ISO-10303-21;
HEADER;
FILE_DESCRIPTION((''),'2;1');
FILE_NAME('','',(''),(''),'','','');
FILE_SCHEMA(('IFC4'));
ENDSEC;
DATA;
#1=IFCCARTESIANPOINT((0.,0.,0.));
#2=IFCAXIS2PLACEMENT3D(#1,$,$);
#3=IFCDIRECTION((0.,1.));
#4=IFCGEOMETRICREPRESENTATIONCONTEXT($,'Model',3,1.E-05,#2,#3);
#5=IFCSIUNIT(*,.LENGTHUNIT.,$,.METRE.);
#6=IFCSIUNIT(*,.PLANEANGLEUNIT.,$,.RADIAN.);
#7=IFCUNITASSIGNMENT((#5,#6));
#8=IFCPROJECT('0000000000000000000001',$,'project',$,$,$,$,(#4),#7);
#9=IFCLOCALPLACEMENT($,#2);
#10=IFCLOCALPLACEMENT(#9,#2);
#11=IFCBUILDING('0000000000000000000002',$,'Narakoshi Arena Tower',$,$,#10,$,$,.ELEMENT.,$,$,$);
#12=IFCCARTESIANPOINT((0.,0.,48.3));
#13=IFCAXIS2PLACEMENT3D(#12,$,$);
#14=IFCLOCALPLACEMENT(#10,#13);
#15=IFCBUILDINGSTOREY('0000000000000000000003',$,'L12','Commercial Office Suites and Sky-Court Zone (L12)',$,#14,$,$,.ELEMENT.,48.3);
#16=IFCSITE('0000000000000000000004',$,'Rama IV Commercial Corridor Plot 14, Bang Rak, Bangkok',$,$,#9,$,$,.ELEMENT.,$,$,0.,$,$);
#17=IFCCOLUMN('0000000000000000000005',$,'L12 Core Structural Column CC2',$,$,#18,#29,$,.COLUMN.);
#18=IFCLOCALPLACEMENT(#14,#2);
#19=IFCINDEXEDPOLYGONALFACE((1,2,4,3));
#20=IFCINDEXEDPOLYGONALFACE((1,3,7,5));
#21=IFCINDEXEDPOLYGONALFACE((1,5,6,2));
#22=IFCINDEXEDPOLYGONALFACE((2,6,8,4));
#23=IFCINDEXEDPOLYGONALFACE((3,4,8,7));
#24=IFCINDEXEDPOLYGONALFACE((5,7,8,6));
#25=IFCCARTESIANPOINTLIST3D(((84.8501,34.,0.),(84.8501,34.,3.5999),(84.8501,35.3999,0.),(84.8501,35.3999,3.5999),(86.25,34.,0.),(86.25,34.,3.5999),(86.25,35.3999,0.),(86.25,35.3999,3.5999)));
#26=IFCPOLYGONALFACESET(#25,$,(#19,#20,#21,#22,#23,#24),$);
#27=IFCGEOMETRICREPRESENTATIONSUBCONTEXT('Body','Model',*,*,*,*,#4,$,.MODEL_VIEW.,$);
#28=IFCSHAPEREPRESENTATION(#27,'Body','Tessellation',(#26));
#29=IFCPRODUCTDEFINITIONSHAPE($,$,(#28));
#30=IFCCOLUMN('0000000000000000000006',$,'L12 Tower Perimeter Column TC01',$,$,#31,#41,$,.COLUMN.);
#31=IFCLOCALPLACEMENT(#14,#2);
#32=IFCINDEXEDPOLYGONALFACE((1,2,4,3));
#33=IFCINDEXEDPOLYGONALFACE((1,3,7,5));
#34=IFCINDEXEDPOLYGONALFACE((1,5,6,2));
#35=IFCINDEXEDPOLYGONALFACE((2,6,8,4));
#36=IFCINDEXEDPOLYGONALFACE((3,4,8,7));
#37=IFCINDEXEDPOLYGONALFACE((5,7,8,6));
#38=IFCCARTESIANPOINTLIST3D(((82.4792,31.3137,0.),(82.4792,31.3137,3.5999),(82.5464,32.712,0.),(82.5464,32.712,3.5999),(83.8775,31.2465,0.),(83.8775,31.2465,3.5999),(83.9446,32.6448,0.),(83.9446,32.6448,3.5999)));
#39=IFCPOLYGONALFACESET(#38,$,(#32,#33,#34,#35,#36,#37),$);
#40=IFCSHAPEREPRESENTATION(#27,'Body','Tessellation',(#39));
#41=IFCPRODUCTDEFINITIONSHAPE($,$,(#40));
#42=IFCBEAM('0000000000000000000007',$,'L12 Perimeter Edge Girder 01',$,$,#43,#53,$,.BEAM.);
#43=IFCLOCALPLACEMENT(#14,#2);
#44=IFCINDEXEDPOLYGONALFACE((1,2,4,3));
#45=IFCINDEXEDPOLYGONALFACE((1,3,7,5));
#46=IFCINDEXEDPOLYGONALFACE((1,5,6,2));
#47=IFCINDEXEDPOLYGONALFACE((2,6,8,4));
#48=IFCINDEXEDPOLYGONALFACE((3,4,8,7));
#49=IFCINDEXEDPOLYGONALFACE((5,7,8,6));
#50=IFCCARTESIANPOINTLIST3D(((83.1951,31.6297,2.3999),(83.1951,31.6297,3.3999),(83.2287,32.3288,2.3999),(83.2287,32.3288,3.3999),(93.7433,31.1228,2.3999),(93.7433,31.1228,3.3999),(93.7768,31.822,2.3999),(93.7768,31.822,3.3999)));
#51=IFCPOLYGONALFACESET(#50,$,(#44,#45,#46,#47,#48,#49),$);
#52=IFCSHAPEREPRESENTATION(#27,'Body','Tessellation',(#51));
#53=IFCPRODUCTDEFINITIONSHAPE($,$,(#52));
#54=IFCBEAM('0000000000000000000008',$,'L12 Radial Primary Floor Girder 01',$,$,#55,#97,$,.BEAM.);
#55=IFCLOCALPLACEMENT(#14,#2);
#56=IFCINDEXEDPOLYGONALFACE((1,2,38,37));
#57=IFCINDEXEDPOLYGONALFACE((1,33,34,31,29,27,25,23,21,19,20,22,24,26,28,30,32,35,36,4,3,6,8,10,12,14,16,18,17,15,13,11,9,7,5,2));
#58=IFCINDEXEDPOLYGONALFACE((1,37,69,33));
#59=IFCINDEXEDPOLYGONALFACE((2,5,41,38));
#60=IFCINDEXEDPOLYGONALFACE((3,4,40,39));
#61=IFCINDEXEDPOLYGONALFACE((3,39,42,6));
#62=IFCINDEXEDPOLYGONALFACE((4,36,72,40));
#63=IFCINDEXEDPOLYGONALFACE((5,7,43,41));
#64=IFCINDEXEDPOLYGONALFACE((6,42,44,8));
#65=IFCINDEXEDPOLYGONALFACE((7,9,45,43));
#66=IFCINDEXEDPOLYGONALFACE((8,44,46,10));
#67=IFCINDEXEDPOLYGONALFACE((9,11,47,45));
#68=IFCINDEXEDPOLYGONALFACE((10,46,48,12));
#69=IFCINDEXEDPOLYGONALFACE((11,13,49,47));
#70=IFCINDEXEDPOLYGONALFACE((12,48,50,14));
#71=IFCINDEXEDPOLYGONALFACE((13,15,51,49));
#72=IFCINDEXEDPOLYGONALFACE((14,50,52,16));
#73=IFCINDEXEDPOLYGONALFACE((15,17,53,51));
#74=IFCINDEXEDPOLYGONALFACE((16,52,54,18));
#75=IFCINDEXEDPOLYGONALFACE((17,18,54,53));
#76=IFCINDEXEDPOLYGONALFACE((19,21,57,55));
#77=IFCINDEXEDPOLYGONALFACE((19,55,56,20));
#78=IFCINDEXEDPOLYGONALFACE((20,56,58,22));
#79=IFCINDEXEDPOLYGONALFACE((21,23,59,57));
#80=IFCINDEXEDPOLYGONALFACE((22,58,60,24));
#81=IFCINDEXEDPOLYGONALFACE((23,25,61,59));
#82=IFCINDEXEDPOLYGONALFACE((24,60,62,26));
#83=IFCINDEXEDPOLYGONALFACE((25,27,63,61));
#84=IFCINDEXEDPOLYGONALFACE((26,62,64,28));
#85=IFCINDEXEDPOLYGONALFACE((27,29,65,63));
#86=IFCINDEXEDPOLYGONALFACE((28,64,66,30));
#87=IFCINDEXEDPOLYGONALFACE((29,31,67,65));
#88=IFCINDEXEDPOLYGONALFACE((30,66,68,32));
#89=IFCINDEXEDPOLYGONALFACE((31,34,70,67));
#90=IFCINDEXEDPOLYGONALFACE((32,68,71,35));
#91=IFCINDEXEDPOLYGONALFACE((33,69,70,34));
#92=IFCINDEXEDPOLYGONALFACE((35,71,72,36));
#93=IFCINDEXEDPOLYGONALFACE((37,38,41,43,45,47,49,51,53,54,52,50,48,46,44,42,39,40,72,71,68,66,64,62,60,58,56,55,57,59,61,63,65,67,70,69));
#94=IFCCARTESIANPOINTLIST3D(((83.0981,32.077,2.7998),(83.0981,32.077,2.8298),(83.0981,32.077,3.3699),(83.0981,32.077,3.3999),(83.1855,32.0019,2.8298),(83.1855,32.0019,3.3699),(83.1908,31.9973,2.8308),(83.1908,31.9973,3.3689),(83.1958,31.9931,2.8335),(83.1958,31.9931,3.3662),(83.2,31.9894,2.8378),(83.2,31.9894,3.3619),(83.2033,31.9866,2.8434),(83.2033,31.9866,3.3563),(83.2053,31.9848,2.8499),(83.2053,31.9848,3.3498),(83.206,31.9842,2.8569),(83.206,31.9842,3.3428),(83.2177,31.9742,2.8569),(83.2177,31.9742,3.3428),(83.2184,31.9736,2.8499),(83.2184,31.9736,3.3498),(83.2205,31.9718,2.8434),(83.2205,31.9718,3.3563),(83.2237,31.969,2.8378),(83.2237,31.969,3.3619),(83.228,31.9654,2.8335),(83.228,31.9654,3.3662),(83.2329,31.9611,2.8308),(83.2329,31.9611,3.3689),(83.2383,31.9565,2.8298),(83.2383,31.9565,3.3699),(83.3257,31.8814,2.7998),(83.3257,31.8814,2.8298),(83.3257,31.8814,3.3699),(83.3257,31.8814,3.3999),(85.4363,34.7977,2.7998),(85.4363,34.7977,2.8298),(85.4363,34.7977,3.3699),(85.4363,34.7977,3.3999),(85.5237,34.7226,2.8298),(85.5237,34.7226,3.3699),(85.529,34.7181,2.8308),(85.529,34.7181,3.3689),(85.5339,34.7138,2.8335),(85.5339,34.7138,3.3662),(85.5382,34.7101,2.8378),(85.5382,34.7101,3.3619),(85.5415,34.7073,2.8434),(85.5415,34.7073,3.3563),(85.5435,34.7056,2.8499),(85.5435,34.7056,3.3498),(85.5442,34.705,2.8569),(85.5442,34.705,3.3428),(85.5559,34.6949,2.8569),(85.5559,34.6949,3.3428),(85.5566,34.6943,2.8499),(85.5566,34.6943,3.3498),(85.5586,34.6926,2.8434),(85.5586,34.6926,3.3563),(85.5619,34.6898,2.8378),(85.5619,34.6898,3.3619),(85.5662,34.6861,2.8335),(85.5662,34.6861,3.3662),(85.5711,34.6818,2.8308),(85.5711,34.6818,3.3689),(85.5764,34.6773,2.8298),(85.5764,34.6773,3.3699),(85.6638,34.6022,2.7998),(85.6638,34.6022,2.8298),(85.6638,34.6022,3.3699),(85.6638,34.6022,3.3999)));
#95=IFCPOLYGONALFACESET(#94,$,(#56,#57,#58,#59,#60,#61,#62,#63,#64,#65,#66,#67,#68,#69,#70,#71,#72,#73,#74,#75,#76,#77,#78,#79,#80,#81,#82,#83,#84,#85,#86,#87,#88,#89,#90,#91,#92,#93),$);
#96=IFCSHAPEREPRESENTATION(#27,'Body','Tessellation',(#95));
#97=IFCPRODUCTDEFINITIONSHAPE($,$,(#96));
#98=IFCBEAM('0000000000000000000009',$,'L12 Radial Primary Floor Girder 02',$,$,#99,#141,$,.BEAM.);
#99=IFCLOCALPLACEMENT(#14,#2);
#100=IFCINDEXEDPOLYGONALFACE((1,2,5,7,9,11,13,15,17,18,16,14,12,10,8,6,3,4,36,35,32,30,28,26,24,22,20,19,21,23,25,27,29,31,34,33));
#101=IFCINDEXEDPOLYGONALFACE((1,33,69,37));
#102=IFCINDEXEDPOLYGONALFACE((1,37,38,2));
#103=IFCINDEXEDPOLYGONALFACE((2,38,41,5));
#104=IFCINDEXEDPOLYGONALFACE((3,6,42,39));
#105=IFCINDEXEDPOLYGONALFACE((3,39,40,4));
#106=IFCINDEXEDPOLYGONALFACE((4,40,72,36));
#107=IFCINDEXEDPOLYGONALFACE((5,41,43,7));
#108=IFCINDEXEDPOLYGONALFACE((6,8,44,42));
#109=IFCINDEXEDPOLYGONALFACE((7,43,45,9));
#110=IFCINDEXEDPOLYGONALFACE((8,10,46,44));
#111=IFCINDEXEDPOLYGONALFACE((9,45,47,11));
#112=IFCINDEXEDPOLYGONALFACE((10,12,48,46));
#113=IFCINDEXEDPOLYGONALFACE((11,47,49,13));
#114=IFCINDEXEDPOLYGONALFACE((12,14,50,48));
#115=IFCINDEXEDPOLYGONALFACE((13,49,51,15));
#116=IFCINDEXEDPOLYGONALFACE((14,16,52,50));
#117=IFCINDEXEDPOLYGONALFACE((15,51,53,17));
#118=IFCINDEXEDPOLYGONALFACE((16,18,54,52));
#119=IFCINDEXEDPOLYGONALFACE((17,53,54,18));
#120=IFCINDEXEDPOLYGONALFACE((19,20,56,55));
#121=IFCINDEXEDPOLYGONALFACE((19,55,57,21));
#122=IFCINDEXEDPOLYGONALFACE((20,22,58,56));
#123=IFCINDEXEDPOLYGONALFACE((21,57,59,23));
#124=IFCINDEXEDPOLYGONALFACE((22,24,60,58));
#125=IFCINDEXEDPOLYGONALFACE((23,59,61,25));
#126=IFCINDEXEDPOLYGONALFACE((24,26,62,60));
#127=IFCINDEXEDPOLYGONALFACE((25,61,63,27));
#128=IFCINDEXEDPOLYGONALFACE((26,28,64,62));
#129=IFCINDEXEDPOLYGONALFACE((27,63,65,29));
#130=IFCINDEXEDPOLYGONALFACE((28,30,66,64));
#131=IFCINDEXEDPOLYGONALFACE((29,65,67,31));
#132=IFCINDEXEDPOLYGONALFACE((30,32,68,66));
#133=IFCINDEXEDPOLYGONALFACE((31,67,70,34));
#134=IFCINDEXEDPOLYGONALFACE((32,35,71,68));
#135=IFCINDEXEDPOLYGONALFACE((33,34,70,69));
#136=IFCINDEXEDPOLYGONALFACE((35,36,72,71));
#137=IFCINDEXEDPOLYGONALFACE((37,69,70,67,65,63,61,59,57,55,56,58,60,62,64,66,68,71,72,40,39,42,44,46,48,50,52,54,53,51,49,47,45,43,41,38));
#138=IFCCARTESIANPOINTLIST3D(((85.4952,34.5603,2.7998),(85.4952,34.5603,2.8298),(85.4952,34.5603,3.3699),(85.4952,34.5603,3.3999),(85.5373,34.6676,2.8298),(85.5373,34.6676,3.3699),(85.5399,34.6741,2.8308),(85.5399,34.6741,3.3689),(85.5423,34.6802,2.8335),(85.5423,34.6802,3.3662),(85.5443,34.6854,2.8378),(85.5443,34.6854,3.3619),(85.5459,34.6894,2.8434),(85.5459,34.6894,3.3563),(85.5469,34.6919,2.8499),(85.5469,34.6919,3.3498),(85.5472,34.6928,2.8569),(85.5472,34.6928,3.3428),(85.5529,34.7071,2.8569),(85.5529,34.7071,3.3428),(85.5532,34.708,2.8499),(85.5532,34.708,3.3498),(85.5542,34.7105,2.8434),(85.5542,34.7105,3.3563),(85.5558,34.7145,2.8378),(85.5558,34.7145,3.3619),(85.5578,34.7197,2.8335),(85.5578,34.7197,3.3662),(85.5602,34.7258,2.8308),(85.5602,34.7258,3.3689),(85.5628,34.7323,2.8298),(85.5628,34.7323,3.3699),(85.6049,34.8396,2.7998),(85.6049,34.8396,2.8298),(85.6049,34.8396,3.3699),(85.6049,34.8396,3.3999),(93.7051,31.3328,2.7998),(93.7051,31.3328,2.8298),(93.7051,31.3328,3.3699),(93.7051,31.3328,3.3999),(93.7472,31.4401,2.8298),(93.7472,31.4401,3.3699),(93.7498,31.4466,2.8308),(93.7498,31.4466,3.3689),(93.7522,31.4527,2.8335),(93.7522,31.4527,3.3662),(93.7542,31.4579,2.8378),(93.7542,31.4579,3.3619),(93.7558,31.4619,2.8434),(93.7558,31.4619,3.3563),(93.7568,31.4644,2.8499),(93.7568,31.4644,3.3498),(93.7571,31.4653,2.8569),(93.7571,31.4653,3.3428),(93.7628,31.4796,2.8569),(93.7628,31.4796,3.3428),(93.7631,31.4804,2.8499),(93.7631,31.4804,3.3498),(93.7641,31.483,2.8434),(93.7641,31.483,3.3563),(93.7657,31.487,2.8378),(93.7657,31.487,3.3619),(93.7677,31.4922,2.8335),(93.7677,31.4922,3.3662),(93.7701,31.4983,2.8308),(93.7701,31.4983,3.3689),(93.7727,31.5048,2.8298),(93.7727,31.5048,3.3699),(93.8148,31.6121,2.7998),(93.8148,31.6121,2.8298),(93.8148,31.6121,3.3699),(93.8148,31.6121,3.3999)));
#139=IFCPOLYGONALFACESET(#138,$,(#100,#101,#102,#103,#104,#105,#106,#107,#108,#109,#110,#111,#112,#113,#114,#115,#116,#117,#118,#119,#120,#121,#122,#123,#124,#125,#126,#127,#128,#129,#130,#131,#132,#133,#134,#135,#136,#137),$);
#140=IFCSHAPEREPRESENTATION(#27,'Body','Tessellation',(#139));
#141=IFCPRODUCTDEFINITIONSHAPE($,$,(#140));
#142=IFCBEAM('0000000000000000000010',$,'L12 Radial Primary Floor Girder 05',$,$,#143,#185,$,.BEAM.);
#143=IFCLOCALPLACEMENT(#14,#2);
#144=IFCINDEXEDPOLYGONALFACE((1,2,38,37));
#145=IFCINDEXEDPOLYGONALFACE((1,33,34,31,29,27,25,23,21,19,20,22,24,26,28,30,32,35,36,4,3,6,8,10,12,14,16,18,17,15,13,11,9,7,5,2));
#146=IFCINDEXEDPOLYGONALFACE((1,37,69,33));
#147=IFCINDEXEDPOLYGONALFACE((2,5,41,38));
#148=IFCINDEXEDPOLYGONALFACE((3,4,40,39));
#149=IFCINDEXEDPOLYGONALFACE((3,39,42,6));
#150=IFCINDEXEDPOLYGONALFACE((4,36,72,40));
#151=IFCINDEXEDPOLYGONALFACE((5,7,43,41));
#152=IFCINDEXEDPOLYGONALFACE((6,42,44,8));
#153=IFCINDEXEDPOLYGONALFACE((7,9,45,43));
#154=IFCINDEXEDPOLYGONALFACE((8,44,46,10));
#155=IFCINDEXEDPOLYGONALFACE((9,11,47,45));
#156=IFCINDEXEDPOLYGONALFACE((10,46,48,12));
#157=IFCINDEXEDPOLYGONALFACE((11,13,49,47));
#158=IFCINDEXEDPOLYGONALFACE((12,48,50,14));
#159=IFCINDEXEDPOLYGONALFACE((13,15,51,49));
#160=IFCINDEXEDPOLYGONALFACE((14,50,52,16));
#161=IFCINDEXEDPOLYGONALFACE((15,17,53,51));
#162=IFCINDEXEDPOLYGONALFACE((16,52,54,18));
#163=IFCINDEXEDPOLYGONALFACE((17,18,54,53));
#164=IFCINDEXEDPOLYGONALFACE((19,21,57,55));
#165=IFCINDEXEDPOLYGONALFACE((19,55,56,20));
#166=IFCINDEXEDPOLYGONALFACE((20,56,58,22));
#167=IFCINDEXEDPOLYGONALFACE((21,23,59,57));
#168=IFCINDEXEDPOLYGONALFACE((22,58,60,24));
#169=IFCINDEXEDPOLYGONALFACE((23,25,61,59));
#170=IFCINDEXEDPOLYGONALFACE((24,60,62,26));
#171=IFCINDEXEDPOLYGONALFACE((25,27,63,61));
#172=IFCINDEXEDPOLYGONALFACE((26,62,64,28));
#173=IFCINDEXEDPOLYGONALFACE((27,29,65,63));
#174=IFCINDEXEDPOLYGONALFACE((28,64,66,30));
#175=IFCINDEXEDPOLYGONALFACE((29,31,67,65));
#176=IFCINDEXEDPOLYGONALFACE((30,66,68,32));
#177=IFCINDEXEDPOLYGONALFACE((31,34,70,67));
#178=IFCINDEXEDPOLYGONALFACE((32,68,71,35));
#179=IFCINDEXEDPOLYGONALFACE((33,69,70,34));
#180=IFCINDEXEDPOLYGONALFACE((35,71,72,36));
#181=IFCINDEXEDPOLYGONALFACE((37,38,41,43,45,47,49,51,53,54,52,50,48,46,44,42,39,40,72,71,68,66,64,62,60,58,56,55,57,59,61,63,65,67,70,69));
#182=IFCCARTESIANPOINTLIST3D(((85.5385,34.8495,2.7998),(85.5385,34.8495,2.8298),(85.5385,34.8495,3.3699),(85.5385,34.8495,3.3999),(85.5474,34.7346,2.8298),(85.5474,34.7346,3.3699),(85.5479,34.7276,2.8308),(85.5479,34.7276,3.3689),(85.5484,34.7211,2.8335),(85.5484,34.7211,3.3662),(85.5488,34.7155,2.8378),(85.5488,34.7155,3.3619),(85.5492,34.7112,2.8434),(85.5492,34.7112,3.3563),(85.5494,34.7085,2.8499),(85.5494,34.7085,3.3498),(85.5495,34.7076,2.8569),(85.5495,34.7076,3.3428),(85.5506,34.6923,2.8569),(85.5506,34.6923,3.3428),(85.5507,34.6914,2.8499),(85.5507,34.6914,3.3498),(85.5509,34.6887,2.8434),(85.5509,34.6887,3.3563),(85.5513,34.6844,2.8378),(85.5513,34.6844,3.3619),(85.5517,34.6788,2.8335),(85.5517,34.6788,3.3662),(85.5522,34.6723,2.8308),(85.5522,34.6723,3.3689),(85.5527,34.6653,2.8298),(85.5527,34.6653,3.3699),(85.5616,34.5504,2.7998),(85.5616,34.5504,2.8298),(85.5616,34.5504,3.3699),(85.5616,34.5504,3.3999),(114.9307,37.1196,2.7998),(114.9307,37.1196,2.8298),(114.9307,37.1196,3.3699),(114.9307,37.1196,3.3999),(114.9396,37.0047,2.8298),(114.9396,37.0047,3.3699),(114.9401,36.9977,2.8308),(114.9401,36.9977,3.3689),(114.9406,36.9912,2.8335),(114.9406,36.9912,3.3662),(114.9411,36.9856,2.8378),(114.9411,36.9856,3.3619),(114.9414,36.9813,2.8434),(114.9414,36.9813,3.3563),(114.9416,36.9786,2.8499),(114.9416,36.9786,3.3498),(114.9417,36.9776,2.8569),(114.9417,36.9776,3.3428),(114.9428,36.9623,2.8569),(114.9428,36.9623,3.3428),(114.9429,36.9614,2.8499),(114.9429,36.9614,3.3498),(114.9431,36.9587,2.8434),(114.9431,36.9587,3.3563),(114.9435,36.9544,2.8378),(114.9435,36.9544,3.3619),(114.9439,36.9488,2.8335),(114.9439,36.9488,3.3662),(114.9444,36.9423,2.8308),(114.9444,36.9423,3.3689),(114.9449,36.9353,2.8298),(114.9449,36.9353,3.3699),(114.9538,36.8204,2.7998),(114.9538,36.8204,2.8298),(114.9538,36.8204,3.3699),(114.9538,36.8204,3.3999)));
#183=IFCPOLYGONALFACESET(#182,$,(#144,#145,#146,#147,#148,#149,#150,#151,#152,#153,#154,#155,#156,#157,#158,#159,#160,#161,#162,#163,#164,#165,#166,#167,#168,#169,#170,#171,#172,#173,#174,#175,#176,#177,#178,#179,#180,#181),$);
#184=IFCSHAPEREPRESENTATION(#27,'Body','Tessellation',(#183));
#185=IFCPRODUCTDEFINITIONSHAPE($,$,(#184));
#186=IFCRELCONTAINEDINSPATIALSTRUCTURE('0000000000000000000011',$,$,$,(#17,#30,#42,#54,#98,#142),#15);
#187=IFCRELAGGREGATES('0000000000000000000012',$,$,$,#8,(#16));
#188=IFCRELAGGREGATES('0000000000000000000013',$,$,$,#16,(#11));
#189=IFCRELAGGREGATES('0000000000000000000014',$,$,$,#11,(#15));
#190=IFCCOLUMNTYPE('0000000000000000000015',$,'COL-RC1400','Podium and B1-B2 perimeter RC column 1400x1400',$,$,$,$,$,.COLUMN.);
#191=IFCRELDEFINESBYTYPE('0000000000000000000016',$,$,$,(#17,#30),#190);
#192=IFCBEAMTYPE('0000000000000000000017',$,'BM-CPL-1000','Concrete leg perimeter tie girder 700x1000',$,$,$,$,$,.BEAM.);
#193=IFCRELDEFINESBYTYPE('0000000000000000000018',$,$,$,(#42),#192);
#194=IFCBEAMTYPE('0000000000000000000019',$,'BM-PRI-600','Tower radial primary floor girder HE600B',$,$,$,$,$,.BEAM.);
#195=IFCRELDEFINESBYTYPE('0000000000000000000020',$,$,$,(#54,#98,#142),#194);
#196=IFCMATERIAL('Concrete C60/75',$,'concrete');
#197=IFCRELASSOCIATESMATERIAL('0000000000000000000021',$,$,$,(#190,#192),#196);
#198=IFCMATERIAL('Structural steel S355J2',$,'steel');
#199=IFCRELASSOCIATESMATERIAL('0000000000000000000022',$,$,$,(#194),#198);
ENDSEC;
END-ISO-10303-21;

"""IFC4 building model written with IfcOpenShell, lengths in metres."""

from ifc_helpers import new_model, si_unit, direction, frame, origin, origin_2d, place, context, subcontext, project, spatial, rectangle, i_section, extrude, material, material_profile, profile_set, type_object, element, save


model = new_model("IFC4")

# Units and contexts
model_context = context("Model", 3, precision=1e-05, world=origin(), true_north=direction((0.0, 1.0)))
body_context = subcontext(model_context, "Body", "Model", "MODEL_VIEW")
ifc_project = project(units=[si_unit("LENGTHUNIT", "METRE"), si_unit("PLANEANGLEUNIT", "RADIAN")], contexts=[model_context])

# Site, building, storey
site_placement = place(None, origin())
site = spatial("IfcSite", under=ifc_project, at=site_placement, Name="Rama IV Commercial Corridor Plot 14, Bang Rak, Bangkok", CompositionType="ELEMENT", RefElevation=0.0)
building_placement = place(site_placement, origin())
building = spatial("IfcBuilding", under=site, at=building_placement, Name="Narakoshi Arena Tower", CompositionType="ELEMENT")
storey_placement = place(building_placement, frame((0.0, 0.0, 48.3)))
storey = spatial("IfcBuildingStorey", under=building, at=storey_placement, Name="L12", Description="Commercial Office Suites and Sky-Court Zone (L12)", CompositionType="ELEMENT", Elevation=48.3)

# Columns
ifc_material_1 = material(Name="Concrete C60/75", Category="concrete")
ifc_material_profile_1 = material_profile(ifc_material_1, rectangle(XDim=1.3999, YDim=1.3999, at=origin_2d()), Name="RC1400x1400")
ifc_profile_set_1 = profile_set([ifc_material_profile_1], Name="Concrete C60/75")
column_type = type_object("IfcColumnType", Name="COL-RC1400", Description="Podium and B1-B2 perimeter RC column 1400x1400", PredefinedType="COLUMN", material=ifc_profile_set_1)
for number, where, z_axis, x_axis, name in (
    (1, (85.55, 34.7, 0.0), (0.0, 0.0, 1.0), (1.0, 0.0, 0.0), "L12 Core Structural Column CC2"),
    (2, (83.2119, 31.9792, 0.0), (0.0, 0.0, 1.0), (-0.998848, 0.047978, 0.0), "L12 Tower Perimeter Column TC01"),
):
    element("IfcColumn", number, at=place(storey_placement, frame(where, z_axis=z_axis, x_axis=x_axis)), inside=storey, type_object=column_type, Name=name, PredefinedType="COLUMN", context=body_context, shape_type="SweptSolid", body=[
        extrude(rectangle(XDim=1.3999, YDim=1.3999, at=origin_2d()), origin(), (0.0, 0.0, 1.0), 3.5999),
    ])

# Beams
ifc_material_profile_2 = material_profile(ifc_material_1, rectangle(XDim=0.7, YDim=1.0, at=origin_2d()), Name="RCB700x1000")
ifc_profile_set_2 = profile_set([ifc_material_profile_2], Name="Concrete C60/75")
beam_type_1 = type_object("IfcBeamType", Name="BM-CPL-1000", Description="Concrete leg perimeter tie girder 700x1000", PredefinedType="BEAM", material=ifc_profile_set_2)
beam_1_placement = place(storey_placement, frame((83.2119, 31.9792, 2.8999), z_axis=(0.998848, -0.047995, 0.0), x_axis=(0.047995, 0.998848, 0.0)))
element("IfcBeam", 3, at=beam_1_placement, inside=storey, type_object=beam_type_1, Name="L12 Perimeter Edge Girder 01", PredefinedType="BEAM", context=body_context, shape_type="SweptSolid", body=[
    extrude(rectangle(XDim=0.7, YDim=1.0, at=origin_2d()), origin(), (0.0, 0.0, 1.0), 10.5603),
])
ifc_material_2 = material(Name="Structural steel S355J2", Category="steel")
ifc_material_profile_3 = material_profile(ifc_material_2, i_section(OverallWidth=0.3, OverallDepth=0.6001, WebThickness=0.0154, FlangeThickness=0.03, FilletRadius=0.0271, at=origin_2d()), Name="HE600B")
ifc_profile_set_3 = profile_set([ifc_material_profile_3], Name="Structural steel S355J2")
beam_type_2 = type_object("IfcBeamType", Name="BM-PRI-600", Description="Tower radial primary floor girder HE600B", PredefinedType="BEAM", material=ifc_profile_set_3)
beam_2_placement = place(storey_placement, frame((85.55, 34.7, 3.0999), z_axis=(-0.651772, -0.758415, 0.0), x_axis=(0.758415, -0.651772, 0.0)))
element("IfcBeam", 4, at=beam_2_placement, inside=storey, type_object=beam_type_2, Name="L12 Radial Primary Floor Girder 01", PredefinedType="BEAM", context=body_context, shape_type="SweptSolid", body=[
    extrude(i_section(OverallWidth=0.3, OverallDepth=0.6001, WebThickness=0.0154, FlangeThickness=0.03, FilletRadius=0.0271, at=origin_2d()), origin(), (0.0, 0.0, 1.0), 3.5874),
])
beam_3_placement = place(storey_placement, frame((85.55, 34.7, 3.0999), z_axis=(0.930667, -0.365868, 0.0), x_axis=(0.365868, 0.930667, 0.0)))
element("IfcBeam", 5, at=beam_3_placement, inside=storey, type_object=beam_type_2, Name="L12 Radial Primary Floor Girder 02", PredefinedType="BEAM", context=body_context, shape_type="SweptSolid", body=[
    extrude(i_section(OverallWidth=0.3, OverallDepth=0.6001, WebThickness=0.0154, FlangeThickness=0.03, FilletRadius=0.0271, at=origin_2d()), origin(), (0.0, 0.0, 1.0), 8.8215),
])
beam_4_placement = place(storey_placement, frame((85.55, 34.7, 3.0999), z_axis=(0.997031, 0.077003, 0.0), x_axis=(-0.077003, 0.997031, 0.0)))
element("IfcBeam", 6, at=beam_4_placement, inside=storey, type_object=beam_type_2, Name="L12 Radial Primary Floor Girder 05", PredefinedType="BEAM", context=body_context, shape_type="SweptSolid", body=[
    extrude(i_section(OverallWidth=0.3, OverallDepth=0.6001, WebThickness=0.0154, FlangeThickness=0.03, FilletRadius=0.0271, at=origin_2d()), origin(), (0.0, 0.0, 1.0), 29.4797),
])

save(model, "model.ifc")
